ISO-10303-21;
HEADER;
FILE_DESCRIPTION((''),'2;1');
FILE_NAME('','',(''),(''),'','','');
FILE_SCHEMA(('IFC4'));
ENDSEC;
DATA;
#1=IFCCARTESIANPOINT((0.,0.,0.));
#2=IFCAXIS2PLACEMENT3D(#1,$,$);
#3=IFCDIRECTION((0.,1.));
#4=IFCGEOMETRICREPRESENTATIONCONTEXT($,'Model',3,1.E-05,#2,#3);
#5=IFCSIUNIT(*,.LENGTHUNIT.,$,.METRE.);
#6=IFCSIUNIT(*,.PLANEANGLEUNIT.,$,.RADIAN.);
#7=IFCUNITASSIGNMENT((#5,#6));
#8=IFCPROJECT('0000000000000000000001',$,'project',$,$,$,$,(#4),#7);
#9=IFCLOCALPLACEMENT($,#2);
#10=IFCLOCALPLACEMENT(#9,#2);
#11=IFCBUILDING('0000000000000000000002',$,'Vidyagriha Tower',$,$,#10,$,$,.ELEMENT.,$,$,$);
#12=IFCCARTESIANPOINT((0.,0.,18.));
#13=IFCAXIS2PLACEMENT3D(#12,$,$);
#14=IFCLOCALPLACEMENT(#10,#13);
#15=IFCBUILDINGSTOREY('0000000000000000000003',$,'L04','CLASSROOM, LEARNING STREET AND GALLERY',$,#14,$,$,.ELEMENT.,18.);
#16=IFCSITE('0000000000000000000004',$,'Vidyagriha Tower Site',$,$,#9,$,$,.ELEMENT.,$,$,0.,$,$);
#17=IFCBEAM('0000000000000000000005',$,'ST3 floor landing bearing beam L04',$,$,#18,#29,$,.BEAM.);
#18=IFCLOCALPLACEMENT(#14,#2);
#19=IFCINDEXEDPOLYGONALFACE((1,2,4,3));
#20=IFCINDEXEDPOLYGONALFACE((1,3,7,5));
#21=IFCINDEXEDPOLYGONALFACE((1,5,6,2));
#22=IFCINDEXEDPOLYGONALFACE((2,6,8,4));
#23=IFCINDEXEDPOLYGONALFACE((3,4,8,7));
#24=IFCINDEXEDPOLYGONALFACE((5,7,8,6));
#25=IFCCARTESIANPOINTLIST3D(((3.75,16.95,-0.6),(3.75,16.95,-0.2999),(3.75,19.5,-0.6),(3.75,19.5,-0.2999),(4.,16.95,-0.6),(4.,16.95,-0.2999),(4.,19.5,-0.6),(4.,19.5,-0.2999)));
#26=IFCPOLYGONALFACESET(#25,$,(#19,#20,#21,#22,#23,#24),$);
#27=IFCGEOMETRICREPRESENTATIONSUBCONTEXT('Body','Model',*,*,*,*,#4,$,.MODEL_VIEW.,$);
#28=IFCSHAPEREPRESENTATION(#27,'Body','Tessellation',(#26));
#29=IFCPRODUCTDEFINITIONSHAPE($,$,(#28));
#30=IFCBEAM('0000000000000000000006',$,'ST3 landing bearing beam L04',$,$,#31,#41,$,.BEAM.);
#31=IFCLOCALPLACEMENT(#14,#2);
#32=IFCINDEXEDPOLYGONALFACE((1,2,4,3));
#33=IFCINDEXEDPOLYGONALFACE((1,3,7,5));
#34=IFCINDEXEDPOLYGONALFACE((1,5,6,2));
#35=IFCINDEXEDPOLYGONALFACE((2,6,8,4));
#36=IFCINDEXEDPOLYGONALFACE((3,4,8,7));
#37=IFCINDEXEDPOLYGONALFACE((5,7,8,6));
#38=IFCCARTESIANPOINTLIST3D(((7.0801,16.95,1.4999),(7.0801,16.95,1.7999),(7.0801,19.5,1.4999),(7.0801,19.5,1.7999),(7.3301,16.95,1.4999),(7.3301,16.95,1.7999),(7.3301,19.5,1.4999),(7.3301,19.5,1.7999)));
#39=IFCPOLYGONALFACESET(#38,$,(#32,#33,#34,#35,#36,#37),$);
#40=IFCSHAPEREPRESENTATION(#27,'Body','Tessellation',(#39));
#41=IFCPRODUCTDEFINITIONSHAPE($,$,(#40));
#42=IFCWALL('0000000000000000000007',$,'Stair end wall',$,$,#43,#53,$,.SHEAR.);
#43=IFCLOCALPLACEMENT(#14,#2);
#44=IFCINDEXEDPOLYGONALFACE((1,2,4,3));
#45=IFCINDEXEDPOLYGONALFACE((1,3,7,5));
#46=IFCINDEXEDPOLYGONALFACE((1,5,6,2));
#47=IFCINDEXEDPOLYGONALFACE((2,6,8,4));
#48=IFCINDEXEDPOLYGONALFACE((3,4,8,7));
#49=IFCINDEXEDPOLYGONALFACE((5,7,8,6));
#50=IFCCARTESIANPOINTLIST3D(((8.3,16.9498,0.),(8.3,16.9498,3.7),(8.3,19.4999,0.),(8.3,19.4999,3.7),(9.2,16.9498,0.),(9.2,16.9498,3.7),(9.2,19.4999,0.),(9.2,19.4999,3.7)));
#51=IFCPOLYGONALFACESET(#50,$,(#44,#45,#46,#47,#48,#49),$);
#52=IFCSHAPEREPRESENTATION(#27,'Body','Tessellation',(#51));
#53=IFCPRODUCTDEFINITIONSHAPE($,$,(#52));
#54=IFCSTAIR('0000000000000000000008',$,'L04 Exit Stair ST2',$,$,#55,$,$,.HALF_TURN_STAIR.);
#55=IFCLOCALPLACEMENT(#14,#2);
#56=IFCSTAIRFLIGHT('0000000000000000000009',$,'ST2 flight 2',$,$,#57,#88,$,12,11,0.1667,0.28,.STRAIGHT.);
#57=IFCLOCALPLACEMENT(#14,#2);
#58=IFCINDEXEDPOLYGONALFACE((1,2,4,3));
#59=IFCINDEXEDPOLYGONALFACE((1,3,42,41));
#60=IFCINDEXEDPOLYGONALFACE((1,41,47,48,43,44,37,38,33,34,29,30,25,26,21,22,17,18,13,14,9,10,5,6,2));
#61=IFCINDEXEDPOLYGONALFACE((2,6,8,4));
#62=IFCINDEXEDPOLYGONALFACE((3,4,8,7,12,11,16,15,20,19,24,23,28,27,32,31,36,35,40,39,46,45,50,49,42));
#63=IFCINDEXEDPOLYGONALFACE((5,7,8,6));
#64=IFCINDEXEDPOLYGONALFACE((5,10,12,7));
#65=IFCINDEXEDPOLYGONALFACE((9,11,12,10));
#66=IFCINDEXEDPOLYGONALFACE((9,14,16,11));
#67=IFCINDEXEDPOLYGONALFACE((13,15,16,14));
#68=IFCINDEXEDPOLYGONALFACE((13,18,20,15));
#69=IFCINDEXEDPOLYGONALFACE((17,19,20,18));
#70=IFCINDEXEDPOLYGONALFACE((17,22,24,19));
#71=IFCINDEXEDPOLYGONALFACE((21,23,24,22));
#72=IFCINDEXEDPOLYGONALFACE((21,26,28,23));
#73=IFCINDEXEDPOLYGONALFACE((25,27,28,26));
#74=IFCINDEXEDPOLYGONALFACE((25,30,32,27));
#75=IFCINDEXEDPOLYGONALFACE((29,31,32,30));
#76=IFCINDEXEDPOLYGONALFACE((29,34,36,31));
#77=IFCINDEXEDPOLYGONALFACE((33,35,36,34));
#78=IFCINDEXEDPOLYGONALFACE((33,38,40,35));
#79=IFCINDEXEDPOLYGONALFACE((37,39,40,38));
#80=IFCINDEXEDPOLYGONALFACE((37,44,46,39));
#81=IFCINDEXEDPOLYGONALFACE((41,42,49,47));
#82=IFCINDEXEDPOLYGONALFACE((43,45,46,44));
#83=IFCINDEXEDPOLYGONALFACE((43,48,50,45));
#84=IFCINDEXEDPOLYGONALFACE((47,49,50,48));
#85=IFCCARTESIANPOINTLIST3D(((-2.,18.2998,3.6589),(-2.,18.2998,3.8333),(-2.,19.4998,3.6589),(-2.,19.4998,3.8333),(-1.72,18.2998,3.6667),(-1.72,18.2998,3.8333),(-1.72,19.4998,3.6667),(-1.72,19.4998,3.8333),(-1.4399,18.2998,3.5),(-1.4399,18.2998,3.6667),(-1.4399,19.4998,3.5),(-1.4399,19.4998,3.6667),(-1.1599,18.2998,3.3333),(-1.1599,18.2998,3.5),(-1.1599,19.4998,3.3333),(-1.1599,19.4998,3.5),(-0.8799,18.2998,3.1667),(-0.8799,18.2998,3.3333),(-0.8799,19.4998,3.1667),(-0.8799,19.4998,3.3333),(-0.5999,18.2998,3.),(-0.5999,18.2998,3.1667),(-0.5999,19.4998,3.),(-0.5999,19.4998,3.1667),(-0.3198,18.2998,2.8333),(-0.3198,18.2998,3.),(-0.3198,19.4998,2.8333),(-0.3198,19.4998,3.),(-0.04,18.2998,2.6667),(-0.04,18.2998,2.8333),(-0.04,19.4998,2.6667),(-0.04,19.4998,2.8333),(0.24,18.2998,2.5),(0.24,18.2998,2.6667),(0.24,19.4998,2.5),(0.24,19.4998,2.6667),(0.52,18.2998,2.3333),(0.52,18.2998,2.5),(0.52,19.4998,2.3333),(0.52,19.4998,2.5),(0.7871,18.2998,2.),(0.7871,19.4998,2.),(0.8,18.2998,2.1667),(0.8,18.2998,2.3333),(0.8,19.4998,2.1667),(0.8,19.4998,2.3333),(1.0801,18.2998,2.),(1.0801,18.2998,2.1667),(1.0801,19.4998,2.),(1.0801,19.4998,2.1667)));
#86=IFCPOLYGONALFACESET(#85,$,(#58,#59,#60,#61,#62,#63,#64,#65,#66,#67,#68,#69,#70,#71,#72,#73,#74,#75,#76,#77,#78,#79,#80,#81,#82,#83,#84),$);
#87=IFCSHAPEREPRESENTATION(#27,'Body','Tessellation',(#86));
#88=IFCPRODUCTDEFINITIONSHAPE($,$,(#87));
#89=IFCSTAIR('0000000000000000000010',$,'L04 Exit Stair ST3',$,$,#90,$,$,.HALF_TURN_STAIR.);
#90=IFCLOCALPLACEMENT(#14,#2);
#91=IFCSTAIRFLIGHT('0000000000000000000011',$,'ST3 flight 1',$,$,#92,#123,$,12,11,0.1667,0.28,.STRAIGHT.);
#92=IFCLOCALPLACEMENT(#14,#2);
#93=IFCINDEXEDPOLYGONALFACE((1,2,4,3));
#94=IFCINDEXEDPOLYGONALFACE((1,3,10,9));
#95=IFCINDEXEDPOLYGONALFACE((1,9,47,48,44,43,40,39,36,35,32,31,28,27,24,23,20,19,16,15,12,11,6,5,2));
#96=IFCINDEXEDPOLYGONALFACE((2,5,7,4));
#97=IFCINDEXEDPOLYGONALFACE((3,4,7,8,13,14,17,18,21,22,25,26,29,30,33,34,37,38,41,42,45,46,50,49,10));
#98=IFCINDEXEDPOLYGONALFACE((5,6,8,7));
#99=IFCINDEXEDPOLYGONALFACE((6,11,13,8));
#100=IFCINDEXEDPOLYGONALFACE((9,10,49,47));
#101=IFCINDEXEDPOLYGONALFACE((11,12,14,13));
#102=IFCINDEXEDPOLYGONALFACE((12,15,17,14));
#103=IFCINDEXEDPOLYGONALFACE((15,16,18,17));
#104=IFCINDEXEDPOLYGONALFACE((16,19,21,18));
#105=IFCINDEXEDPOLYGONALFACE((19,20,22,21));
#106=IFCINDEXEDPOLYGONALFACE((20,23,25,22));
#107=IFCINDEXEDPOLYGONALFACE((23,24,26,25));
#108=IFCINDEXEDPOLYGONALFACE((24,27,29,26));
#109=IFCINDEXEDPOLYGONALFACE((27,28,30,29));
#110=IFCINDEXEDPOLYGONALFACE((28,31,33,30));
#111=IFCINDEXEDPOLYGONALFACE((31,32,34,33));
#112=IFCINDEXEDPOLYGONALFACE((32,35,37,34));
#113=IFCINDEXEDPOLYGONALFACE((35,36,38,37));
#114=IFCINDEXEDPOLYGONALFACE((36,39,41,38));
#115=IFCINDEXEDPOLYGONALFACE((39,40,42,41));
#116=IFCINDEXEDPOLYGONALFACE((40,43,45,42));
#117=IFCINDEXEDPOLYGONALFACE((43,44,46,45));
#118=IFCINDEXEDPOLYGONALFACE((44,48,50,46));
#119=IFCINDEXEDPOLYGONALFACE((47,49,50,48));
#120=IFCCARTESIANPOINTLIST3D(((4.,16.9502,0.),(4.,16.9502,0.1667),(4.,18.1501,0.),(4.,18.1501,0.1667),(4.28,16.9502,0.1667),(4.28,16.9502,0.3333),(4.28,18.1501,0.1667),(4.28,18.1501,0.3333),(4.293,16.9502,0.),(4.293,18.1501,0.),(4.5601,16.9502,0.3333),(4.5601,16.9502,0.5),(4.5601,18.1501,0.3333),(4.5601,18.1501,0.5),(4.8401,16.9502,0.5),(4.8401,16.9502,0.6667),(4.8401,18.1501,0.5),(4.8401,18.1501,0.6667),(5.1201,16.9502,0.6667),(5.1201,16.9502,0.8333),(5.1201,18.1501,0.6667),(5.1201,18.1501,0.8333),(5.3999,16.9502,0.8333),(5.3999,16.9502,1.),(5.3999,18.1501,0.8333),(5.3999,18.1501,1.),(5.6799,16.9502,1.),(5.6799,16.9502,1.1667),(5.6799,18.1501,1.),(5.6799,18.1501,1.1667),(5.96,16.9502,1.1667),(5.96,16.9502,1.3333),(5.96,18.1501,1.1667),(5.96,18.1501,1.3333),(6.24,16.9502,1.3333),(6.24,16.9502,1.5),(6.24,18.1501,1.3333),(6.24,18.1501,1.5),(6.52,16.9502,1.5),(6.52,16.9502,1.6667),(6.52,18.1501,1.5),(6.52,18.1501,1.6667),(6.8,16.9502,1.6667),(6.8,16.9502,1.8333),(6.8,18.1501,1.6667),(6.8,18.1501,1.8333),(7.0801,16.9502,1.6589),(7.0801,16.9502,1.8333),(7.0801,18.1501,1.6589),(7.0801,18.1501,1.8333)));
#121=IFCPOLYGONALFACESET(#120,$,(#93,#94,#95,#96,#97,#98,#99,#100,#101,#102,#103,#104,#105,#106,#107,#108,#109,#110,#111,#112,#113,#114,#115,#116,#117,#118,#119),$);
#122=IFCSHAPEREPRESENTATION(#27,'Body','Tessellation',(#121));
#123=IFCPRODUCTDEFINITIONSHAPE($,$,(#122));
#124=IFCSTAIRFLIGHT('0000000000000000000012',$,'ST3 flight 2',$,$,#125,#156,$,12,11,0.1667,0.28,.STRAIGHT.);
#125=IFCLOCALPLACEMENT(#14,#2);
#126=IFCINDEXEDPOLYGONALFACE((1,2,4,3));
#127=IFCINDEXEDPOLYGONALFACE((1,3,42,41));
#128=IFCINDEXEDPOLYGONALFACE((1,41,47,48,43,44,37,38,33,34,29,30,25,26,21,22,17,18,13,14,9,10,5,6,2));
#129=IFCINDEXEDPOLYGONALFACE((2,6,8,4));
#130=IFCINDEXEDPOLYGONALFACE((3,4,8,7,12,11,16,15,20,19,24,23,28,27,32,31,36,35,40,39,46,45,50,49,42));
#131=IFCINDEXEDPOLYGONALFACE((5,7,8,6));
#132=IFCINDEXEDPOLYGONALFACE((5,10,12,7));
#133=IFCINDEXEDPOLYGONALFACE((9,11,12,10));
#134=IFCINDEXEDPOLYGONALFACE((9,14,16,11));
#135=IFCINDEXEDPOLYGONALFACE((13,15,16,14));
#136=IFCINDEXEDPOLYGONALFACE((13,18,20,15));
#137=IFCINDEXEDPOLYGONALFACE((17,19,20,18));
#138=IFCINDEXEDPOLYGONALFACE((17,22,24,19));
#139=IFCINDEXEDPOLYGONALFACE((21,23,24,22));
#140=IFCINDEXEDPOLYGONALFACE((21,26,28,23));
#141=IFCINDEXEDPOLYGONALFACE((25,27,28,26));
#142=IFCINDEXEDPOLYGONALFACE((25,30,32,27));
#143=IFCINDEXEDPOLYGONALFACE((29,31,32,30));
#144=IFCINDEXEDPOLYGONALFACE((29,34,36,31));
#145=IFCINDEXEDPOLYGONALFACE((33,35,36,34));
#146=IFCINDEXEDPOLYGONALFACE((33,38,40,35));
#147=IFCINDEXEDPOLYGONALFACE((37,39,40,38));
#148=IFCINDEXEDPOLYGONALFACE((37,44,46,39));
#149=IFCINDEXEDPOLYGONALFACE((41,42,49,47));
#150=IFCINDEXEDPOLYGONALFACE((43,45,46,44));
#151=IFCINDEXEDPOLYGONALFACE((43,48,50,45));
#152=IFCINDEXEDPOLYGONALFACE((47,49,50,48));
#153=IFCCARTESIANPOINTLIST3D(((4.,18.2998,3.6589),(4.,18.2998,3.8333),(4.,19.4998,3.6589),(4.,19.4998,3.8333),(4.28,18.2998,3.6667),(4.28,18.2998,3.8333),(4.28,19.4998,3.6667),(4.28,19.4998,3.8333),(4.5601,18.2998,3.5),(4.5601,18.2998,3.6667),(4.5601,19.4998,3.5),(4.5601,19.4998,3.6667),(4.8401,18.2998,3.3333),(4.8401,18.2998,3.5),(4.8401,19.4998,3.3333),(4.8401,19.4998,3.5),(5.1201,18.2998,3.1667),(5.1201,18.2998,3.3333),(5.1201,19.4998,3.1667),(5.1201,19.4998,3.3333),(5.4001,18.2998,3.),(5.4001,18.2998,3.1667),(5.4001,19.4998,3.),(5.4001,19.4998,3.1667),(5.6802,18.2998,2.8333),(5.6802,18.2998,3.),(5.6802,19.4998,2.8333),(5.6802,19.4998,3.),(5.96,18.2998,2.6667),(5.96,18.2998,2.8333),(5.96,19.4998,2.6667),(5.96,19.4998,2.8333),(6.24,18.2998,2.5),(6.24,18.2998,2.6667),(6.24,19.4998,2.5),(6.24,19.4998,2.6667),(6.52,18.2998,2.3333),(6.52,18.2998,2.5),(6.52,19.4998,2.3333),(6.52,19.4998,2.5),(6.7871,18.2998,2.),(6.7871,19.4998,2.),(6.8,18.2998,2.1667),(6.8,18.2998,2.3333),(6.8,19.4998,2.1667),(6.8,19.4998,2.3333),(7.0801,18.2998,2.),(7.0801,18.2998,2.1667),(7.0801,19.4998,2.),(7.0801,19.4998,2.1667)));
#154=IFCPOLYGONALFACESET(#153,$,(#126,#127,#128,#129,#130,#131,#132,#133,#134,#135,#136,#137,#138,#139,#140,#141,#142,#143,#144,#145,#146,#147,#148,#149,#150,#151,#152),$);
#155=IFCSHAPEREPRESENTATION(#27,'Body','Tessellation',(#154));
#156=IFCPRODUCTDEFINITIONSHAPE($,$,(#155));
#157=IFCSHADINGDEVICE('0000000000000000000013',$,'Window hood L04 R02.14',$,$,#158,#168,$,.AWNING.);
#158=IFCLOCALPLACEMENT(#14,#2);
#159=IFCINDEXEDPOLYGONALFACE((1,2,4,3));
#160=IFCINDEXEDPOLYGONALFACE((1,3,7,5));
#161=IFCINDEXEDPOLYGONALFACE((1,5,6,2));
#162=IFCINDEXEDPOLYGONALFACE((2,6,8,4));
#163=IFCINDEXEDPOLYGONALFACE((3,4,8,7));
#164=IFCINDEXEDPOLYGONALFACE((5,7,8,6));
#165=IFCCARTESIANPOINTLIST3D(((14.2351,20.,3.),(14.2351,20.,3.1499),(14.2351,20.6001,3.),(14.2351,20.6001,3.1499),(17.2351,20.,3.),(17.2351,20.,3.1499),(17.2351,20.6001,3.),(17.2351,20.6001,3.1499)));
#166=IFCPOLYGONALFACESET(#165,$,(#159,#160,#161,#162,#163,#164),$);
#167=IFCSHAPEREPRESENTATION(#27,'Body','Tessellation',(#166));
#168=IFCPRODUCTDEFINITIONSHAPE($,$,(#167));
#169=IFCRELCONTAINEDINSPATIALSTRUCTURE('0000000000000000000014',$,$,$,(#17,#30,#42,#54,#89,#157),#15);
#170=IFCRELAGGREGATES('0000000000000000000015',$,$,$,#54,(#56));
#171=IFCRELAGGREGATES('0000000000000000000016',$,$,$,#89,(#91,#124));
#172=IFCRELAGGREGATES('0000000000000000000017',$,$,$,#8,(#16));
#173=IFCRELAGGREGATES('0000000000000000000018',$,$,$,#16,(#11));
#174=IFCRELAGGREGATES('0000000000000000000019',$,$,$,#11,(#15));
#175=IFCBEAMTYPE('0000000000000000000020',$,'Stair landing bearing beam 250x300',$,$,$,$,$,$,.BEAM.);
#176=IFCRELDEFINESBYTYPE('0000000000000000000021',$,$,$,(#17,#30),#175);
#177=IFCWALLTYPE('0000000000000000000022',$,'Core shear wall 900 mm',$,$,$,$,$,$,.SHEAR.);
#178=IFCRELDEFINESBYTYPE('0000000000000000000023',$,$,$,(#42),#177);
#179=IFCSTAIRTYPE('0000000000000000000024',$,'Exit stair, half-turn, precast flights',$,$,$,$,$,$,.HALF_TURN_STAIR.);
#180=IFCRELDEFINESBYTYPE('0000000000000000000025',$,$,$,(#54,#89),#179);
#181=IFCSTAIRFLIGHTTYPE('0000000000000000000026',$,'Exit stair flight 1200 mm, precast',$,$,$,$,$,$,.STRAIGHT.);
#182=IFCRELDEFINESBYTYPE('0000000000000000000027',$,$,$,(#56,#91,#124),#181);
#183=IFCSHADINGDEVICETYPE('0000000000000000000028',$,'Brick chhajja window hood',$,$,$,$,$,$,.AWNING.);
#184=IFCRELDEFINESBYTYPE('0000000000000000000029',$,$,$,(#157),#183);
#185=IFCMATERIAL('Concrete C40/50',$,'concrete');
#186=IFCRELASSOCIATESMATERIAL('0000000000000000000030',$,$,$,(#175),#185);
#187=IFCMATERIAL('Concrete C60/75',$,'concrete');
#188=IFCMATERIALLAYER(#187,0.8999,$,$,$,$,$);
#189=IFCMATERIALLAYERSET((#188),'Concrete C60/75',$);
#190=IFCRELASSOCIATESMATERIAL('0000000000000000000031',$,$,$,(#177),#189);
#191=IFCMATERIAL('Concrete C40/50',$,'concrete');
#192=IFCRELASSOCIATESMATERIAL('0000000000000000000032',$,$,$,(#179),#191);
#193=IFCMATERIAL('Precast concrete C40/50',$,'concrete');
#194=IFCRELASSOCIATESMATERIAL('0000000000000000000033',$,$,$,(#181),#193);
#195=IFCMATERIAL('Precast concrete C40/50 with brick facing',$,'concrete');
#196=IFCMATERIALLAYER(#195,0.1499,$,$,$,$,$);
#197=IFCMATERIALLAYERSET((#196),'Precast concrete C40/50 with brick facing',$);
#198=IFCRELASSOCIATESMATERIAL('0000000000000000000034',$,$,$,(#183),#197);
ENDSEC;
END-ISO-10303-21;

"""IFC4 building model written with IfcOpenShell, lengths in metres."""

from ifc_helpers import new_model, si_unit, direction, frame, frame_2d, origin, origin_2d, place, context, subcontext, project, spatial, polyline, rectangle, outline, extrude, material, layer, layer_set, material_profile, profile_set, type_object, element, aggregate, save


model = new_model("IFC4")

# Units and contexts
model_context = context("Model", 3, precision=1e-05, world=origin(), true_north=direction((0.0, 1.0)))
body_context = subcontext(model_context, "Body", "Model", "MODEL_VIEW")
ifc_project = project(units=[si_unit("LENGTHUNIT", "METRE"), si_unit("PLANEANGLEUNIT", "RADIAN")], contexts=[model_context])

# Site, building, storey
site_placement = place(None, origin())
site = spatial("IfcSite", under=ifc_project, at=site_placement, Name="Vidyagriha Tower Site", CompositionType="ELEMENT", RefElevation=0.0)
building_placement = place(site_placement, origin())
building = spatial("IfcBuilding", under=site, at=building_placement, Name="Vidyagriha Tower", CompositionType="ELEMENT")
storey_placement = place(building_placement, frame((0.0, 0.0, 18.0)))
storey = spatial("IfcBuildingStorey", under=building, at=storey_placement, Name="L04", Description="CLASSROOM, LEARNING STREET AND GALLERY", CompositionType="ELEMENT", Elevation=18.0)

# Beams
ifc_material_1 = material(Name="Concrete C40/50", Category="concrete")
ifc_material_profile = material_profile(ifc_material_1, rectangle(XDim=0.25, YDim=0.3, at=origin_2d()), Name="Stair landing bearing beam 250x300")
ifc_profile_set = profile_set([ifc_material_profile], Name="Concrete C40/50")
beam_type = type_object("IfcBeamType", Name="Stair landing bearing beam 250x300", PredefinedType="BEAM", material=ifc_profile_set)
for number, where, z_axis, x_axis, name in (
    (1, (3.875, 16.95, -0.45), (0.0, 1.0, 0.0), (-1.0, 0.0, 0.0), "ST3 floor landing bearing beam L04"),
    (2, (7.2051, 16.95, 1.6499), (0.0, 1.0, 0.0), (-1.0, 0.0, 0.0), "ST3 landing bearing beam L04"),
):
    element("IfcBeam", number, at=place(storey_placement, frame(where, z_axis=z_axis, x_axis=x_axis)), inside=storey, type_object=beam_type, Name=name, PredefinedType="BEAM", context=body_context, shape_type="SweptSolid", body=[
        extrude(rectangle(XDim=0.25, YDim=0.3, at=origin_2d()), origin(), (0.0, 0.0, 1.0), 2.55),
    ])

# Wall
ifc_material_2 = material(Name="Concrete C60/75", Category="concrete")
ifc_layer_1 = layer(ifc_material_2, 0.8999)
ifc_layer_set_1 = layer_set([ifc_layer_1], Name="Concrete C60/75")
wall_type = type_object("IfcWallType", Name="Core shear wall 900 mm", PredefinedType="SHEAR", material=ifc_layer_set_1)
wall_placement = place(storey_placement, frame((8.75, 16.95, 0.0), z_axis=(0.0, 0.0, 1.0), x_axis=(0.0, 1.0, 0.0)))
element("IfcWall", 3, at=wall_placement, inside=storey, type_object=wall_type, Name="Stair end wall", PredefinedType="SHEAR", context=body_context, shape_type="SweptSolid", body=[
    extrude(rectangle(XDim=2.55, YDim=0.8999, at=frame_2d((1.2749, 0.0))), origin(), (0.0, 0.0, 1.0), 3.7),
])

# Stair, stair flight
ifc_material_3 = material(Name="Concrete C40/50", Category="concrete")
stair_type = type_object("IfcStairType", Name="Exit stair, half-turn, precast flights", PredefinedType="HALF_TURN_STAIR", material=ifc_material_3)
stair_1_placement = place(storey_placement, origin())
stair_1 = element("IfcStair", 4, at=stair_1_placement, inside=storey, type_object=stair_type, Name="L04 Exit Stair ST2", PredefinedType="HALF_TURN_STAIR")
ifc_material_4 = material(Name="Precast concrete C40/50", Category="concrete")
stair_flight_type = type_object("IfcStairFlightType", Name="Exit stair flight 1200 mm, precast", PredefinedType="STRAIGHT", material=ifc_material_4)
stair_flight_1_placement = place(storey_placement, frame((1.0801, 18.8999, 2.0), z_axis=(0.0, 0.0, 1.0), x_axis=(-1.0, 0.0, 0.0)))
stair_flight_1 = element("IfcStairFlight", 5, at=stair_flight_1_placement, type_object=stair_flight_type, Name="ST2 flight 2", NumberOfRisers=12, NumberOfTreads=11, PredefinedType="STRAIGHT", RiserHeight=0.1667, TreadLength=0.28, context=body_context, shape_type="SweptSolid", body=[
    extrude(outline(polyline([(0.0, 0.0), (0.0, 0.1667), (0.28, 0.1667), (0.28, 0.3333), (0.5601, 0.3333), (0.5601, 0.5), (0.8401, 0.5), (0.8401, 0.6667), (1.1201, 0.6667), (1.1201, 0.8333), (1.3999, 0.8333), (1.3999, 1.0), (1.6799, 1.0), (1.6799, 1.1667), (1.96, 1.1667), (1.96, 1.3333), (2.24, 1.3333), (2.24, 1.5), (2.52, 1.5), (2.52, 1.6667), (2.8, 1.6667), (2.8, 1.8333), (3.0801, 1.8333), (3.0801, 2.0), (3.0801, 1.6589), (0.293, 0.0), (0.0, 0.0)])), frame((0.0, 0.6001, 0.0), z_axis=(0.0, -1.0, 0.0), x_axis=(1.0, 0.0, 0.0)), (0.0, 0.0, 1.0), 1.2),
])
aggregate(stair_1, [stair_flight_1])

# Stair, stair flights
stair_2_placement = place(storey_placement, origin())
stair_2 = element("IfcStair", 6, at=stair_2_placement, inside=storey, type_object=stair_type, Name="L04 Exit Stair ST3", PredefinedType="HALF_TURN_STAIR")
stair_flight_2_placement = place(storey_placement, frame((4.0, 17.55, 0.0)))
stair_flight_2 = element("IfcStairFlight", 7, at=stair_flight_2_placement, type_object=stair_flight_type, Name="ST3 flight 1", NumberOfRisers=12, NumberOfTreads=11, PredefinedType="STRAIGHT", RiserHeight=0.1667, TreadLength=0.28, context=body_context, shape_type="SweptSolid", body=[
    extrude(outline(polyline([(0.0, 0.0), (0.0, 0.1667), (0.28, 0.1667), (0.28, 0.3333), (0.5601, 0.3333), (0.5601, 0.5), (0.8401, 0.5), (0.8401, 0.6667), (1.1201, 0.6667), (1.1201, 0.8333), (1.3999, 0.8333), (1.3999, 1.0), (1.6799, 1.0), (1.6799, 1.1667), (1.96, 1.1667), (1.96, 1.3333), (2.24, 1.3333), (2.24, 1.5), (2.52, 1.5), (2.52, 1.6667), (2.8, 1.6667), (2.8, 1.8333), (3.0801, 1.8333), (3.0801, 2.0), (3.0801, 1.6589), (0.293, 0.0), (0.0, 0.0)])), frame((0.0, 0.6001, 0.0), z_axis=(0.0, -1.0, 0.0), x_axis=(1.0, 0.0, 0.0)), (0.0, 0.0, 1.0), 1.2),
])
stair_flight_3_placement = place(storey_placement, frame((7.0801, 18.8999, 2.0), z_axis=(0.0, 0.0, 1.0), x_axis=(-1.0, 0.0, 0.0)))
stair_flight_3 = element("IfcStairFlight", 8, at=stair_flight_3_placement, type_object=stair_flight_type, Name="ST3 flight 2", NumberOfRisers=12, NumberOfTreads=11, PredefinedType="STRAIGHT", RiserHeight=0.1667, TreadLength=0.28, context=body_context, shape_type="SweptSolid", body=[
    extrude(outline(polyline([(0.0, 0.0), (0.0, 0.1667), (0.28, 0.1667), (0.28, 0.3333), (0.5601, 0.3333), (0.5601, 0.5), (0.8401, 0.5), (0.8401, 0.6667), (1.1201, 0.6667), (1.1201, 0.8333), (1.3999, 0.8333), (1.3999, 1.0), (1.6799, 1.0), (1.6799, 1.1667), (1.96, 1.1667), (1.96, 1.3333), (2.24, 1.3333), (2.24, 1.5), (2.52, 1.5), (2.52, 1.6667), (2.8, 1.6667), (2.8, 1.8333), (3.0801, 1.8333), (3.0801, 2.0), (3.0801, 1.6589), (0.293, 0.0), (0.0, 0.0)])), frame((0.0, 0.6001, 0.0), z_axis=(0.0, -1.0, 0.0), x_axis=(1.0, 0.0, 0.0)), (0.0, 0.0, 1.0), 1.2),
])
aggregate(stair_2, [stair_flight_2, stair_flight_3])

# Shading device
ifc_material_5 = material(Name="Precast concrete C40/50 with brick facing", Category="concrete")
ifc_layer_2 = layer(ifc_material_5, 0.1499)
ifc_layer_set_2 = layer_set([ifc_layer_2], Name="Precast concrete C40/50 with brick facing")
shading_device_type = type_object("IfcShadingDeviceType", Name="Brick chhajja window hood", PredefinedType="AWNING", material=ifc_layer_set_2)
shading_device_placement = place(storey_placement, frame((15.7351, 20.3, 3.0), z_axis=(0.0, 0.0, 1.0), x_axis=(-1.0, 0.0, 0.0)))
element("IfcShadingDevice", 9, at=shading_device_placement, inside=storey, type_object=shading_device_type, Name="Window hood L04 R02.14", PredefinedType="AWNING", context=body_context, shape_type="SweptSolid", body=[
    extrude(rectangle(XDim=3.0, YDim=0.6001, at=origin_2d()), origin(), (0.0, 0.0, 1.0), 0.1499),
])

save(model, "model.ifc")
